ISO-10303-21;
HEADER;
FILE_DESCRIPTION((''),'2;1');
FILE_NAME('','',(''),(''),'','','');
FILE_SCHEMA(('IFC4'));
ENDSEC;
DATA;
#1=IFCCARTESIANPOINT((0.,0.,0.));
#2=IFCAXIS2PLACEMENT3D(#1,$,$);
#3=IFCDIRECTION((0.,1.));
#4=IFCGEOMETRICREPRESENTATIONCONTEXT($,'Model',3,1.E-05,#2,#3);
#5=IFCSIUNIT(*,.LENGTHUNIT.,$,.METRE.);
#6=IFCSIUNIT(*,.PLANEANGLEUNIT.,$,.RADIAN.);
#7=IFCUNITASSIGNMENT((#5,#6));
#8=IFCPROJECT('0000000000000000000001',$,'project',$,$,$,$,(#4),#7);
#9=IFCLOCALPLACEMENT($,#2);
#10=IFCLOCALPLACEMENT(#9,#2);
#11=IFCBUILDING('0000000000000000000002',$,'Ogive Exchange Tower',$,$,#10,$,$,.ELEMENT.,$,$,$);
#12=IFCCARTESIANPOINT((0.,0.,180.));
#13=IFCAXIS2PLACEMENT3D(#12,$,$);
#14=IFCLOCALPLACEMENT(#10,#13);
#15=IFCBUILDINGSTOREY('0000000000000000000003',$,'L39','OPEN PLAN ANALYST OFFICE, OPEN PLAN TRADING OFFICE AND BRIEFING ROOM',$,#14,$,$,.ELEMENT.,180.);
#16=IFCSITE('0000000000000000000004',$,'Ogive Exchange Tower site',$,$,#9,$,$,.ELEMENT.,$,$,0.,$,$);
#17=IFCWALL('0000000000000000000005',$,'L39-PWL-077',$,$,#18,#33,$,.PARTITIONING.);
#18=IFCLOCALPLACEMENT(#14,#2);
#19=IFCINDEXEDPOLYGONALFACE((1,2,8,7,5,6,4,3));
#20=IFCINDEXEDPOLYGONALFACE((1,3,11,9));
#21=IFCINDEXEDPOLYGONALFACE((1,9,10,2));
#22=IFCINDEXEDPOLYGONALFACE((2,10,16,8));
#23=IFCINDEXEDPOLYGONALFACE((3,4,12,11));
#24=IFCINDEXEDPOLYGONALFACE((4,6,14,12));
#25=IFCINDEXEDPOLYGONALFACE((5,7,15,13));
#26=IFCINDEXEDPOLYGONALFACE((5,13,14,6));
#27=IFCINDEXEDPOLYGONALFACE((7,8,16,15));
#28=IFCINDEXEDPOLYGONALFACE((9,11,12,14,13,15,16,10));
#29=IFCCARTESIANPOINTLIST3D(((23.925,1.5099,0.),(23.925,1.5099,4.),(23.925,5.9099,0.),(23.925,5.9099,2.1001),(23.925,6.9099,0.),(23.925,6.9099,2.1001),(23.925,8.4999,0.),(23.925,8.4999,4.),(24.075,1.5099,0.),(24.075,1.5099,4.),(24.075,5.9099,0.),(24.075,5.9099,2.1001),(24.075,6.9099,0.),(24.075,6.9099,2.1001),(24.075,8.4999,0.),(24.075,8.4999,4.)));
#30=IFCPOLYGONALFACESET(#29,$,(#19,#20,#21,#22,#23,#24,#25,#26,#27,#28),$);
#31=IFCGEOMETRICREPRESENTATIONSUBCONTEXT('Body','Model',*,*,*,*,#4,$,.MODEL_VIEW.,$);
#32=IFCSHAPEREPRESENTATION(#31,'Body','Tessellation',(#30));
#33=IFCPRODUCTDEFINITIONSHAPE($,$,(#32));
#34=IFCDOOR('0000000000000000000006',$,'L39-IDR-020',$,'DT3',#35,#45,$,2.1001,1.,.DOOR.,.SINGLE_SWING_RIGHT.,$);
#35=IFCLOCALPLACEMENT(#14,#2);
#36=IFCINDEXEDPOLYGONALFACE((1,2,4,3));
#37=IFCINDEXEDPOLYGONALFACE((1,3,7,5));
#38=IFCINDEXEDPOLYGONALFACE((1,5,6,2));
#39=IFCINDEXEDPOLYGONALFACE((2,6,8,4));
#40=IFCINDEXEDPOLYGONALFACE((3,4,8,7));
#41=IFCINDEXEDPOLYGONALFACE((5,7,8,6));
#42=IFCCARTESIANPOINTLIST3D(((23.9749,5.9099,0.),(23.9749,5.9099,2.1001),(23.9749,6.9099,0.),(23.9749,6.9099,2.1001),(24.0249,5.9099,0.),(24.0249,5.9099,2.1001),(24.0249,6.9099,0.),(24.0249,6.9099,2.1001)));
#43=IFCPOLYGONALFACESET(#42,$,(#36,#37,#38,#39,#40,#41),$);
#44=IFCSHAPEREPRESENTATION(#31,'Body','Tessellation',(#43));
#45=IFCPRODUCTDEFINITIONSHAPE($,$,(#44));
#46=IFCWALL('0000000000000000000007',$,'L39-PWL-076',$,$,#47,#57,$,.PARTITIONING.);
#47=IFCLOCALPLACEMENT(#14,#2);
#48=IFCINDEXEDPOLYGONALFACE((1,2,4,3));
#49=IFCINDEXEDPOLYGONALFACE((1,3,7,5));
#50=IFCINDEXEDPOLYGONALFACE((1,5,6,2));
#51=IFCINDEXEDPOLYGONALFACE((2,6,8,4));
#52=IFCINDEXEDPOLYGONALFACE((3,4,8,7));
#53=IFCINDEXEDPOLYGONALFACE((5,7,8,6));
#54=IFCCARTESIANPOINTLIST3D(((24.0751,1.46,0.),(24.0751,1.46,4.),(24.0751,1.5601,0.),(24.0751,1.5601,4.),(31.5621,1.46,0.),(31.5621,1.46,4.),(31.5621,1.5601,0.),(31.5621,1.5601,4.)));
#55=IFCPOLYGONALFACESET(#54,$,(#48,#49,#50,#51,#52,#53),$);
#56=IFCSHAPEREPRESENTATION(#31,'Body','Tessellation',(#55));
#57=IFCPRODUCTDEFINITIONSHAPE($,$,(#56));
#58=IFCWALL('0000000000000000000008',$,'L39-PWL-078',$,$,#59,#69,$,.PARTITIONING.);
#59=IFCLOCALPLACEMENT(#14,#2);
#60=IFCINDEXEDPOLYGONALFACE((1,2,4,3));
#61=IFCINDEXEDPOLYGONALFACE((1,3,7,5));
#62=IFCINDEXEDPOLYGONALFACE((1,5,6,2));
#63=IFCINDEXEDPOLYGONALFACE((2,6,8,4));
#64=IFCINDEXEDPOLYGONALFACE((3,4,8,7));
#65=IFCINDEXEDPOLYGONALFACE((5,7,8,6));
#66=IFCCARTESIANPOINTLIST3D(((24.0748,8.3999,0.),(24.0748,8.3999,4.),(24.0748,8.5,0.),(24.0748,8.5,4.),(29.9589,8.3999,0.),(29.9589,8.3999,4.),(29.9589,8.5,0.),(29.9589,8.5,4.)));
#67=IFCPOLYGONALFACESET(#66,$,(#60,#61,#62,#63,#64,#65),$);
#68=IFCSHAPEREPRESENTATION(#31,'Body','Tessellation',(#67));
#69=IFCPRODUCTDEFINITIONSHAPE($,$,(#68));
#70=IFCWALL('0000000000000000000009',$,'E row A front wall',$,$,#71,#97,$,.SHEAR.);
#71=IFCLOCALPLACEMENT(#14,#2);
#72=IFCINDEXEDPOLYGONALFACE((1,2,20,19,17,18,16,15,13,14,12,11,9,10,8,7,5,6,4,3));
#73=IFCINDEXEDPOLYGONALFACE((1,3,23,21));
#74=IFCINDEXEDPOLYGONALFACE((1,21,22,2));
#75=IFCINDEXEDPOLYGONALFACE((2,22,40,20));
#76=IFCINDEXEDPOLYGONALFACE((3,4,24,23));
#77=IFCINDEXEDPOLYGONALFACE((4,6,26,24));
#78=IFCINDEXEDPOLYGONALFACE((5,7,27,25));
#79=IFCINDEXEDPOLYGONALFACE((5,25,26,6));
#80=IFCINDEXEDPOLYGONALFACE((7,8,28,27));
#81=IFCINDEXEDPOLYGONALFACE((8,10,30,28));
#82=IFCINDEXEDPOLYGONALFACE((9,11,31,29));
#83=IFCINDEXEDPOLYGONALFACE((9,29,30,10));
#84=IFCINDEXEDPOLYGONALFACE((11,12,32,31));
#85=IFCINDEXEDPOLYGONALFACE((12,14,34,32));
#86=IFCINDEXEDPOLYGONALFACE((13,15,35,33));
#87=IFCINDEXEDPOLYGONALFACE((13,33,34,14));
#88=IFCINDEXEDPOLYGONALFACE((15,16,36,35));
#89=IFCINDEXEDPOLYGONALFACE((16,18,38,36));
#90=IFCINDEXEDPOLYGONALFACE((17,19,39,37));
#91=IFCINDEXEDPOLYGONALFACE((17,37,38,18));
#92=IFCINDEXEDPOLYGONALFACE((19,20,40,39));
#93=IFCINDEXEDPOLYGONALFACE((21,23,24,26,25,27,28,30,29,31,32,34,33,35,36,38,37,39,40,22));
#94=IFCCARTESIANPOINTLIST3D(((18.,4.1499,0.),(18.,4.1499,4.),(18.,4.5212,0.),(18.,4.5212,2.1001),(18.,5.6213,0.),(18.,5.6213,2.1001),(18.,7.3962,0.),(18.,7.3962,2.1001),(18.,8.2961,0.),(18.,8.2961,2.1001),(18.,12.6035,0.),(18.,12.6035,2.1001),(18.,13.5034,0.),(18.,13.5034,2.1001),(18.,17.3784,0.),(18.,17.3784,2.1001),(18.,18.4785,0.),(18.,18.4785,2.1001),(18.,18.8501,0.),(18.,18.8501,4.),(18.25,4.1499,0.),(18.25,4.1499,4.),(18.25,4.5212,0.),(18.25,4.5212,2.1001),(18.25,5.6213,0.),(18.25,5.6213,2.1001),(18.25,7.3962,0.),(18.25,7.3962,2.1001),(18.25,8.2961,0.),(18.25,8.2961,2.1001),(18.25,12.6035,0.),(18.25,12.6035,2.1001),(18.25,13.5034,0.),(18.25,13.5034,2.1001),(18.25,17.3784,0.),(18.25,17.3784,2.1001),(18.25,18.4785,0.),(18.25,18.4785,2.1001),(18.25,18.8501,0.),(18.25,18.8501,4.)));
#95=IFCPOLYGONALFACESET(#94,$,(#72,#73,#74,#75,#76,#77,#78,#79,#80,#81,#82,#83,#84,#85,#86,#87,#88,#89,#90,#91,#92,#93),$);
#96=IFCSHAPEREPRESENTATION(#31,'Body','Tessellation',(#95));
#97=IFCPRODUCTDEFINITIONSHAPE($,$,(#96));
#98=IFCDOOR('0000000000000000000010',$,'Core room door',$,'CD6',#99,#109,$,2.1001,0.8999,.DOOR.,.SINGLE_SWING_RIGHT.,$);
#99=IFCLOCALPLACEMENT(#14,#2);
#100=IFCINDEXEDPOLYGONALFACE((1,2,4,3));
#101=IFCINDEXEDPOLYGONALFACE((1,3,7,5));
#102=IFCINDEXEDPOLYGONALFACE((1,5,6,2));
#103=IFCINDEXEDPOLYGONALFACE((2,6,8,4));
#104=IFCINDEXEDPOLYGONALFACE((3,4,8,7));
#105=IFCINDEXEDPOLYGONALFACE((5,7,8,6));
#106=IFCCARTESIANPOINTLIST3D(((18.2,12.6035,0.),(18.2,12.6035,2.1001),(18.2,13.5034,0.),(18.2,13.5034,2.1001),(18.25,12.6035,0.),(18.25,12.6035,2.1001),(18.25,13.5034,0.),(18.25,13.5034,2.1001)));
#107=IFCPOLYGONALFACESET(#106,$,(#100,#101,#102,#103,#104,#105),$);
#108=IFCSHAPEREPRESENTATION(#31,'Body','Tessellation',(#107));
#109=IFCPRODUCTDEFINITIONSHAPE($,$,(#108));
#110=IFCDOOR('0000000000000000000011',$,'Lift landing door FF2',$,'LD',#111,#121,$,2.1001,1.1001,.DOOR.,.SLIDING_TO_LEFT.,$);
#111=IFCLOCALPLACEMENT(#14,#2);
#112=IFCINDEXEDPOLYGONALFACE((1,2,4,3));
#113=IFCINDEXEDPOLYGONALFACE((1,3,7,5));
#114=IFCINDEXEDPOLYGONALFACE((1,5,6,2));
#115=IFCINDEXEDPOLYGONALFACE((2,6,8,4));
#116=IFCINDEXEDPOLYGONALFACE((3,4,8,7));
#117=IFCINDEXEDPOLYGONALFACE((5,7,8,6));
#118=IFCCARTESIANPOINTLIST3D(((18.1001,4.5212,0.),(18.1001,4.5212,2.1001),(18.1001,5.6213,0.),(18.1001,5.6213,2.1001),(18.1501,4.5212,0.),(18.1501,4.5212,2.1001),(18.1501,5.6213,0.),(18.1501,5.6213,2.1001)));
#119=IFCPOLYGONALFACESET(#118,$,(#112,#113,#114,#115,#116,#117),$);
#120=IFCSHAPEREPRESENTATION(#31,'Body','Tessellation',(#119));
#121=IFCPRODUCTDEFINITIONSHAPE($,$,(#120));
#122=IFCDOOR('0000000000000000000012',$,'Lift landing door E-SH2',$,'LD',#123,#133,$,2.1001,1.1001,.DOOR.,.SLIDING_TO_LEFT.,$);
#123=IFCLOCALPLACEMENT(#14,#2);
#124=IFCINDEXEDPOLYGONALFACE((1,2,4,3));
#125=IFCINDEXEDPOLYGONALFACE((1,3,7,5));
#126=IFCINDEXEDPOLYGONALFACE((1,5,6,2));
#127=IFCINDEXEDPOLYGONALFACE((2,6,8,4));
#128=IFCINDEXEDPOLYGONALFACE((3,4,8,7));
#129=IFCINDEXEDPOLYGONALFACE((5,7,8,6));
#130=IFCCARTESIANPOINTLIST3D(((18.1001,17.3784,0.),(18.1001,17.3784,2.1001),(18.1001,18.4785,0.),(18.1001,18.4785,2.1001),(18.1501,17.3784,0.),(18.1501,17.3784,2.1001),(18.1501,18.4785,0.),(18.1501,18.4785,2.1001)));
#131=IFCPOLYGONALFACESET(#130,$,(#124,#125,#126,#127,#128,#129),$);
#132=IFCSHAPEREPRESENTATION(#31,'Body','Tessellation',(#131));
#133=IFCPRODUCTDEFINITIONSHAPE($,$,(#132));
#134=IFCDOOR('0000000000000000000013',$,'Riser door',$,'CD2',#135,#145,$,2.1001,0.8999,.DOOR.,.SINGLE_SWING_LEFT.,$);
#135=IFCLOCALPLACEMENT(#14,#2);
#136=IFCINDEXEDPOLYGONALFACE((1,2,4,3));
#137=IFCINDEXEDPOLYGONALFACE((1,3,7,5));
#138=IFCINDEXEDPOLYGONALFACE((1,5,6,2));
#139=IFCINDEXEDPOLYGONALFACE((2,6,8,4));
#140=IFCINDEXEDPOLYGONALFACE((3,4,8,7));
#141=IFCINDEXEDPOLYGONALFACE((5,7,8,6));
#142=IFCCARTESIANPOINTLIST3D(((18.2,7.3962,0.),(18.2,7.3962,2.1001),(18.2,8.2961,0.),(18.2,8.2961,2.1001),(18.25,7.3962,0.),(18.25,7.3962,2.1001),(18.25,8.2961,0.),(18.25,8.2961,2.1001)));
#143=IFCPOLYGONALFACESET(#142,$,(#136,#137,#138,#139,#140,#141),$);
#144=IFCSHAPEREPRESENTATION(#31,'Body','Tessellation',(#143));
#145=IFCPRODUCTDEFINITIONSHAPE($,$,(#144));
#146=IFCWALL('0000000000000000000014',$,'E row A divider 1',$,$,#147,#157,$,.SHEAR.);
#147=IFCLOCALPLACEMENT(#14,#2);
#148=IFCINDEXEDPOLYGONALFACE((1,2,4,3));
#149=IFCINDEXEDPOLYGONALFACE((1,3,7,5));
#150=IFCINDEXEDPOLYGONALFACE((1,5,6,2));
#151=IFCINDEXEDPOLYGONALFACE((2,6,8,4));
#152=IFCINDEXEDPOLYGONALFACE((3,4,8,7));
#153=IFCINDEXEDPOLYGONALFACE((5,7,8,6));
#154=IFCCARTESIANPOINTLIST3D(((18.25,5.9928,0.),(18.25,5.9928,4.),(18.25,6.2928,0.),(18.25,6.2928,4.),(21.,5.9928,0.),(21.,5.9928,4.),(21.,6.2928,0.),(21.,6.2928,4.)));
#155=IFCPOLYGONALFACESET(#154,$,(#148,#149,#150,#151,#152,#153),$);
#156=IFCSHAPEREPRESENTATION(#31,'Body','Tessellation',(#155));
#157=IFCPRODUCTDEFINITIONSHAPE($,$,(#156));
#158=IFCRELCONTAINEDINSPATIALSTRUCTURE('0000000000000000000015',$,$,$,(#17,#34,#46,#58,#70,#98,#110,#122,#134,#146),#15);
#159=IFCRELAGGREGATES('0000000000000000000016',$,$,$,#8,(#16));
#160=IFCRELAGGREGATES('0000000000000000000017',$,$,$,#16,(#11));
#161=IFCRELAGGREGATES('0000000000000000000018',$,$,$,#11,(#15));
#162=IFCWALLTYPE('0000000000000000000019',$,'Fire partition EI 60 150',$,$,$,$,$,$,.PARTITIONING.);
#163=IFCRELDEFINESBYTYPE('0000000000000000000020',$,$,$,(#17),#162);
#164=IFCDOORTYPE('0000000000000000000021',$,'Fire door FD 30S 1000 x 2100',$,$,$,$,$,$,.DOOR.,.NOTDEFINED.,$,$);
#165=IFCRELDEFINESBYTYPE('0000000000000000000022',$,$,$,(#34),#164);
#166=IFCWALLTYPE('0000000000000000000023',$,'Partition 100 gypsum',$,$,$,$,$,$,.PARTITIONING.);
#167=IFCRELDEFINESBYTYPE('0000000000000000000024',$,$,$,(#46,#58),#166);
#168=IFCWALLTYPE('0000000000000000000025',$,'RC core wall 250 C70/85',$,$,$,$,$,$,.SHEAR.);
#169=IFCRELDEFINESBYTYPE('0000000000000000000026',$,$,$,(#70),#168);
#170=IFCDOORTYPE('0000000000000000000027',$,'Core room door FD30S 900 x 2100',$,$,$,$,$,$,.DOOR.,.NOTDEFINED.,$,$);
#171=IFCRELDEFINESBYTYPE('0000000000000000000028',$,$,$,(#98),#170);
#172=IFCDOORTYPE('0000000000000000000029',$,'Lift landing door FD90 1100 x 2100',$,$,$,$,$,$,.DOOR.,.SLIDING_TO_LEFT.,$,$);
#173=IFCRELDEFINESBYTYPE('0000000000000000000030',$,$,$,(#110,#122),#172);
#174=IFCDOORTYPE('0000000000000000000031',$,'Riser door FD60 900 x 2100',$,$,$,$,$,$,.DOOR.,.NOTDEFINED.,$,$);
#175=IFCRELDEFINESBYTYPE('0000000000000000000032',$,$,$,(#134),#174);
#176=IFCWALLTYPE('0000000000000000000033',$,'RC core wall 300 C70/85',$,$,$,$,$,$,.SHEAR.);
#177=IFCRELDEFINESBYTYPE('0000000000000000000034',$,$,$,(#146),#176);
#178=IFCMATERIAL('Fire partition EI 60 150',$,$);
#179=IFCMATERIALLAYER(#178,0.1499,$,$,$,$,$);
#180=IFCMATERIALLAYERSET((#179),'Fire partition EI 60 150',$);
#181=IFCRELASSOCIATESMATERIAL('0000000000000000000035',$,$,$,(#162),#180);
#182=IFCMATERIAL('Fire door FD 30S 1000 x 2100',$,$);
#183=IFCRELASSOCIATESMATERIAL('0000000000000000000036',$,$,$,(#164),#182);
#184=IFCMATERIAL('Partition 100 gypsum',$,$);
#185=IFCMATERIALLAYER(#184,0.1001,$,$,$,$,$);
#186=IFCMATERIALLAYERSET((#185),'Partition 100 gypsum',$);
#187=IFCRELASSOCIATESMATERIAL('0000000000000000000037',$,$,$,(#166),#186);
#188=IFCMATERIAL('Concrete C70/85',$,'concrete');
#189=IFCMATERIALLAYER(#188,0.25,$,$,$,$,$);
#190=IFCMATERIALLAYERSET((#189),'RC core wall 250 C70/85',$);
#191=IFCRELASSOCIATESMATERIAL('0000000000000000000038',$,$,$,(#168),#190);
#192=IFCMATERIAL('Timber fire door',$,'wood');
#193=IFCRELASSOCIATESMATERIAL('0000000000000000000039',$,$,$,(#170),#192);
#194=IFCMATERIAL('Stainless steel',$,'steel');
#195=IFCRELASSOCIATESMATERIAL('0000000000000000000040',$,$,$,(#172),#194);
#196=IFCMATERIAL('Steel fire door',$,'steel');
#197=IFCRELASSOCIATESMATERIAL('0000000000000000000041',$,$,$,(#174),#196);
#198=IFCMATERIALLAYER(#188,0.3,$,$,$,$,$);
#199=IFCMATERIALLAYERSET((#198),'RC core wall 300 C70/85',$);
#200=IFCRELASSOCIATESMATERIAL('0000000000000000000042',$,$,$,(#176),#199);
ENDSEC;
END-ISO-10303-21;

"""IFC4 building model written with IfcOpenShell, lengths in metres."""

from ifc_helpers import new_model, si_unit, direction, frame, frame_2d, origin, place, context, subcontext, project, spatial, rectangle, extrude, material, layer, layer_set, type_object, element, fill, save


model = new_model("IFC4")

# Units and contexts
model_context = context("Model", 3, precision=1e-05, world=origin(), true_north=direction((0.0, 1.0)))
body_context = subcontext(model_context, "Body", "Model", "MODEL_VIEW")
ifc_project = project(units=[si_unit("LENGTHUNIT", "METRE"), si_unit("PLANEANGLEUNIT", "RADIAN")], contexts=[model_context])

# Site, building, storey
site_placement = place(None, origin())
site = spatial("IfcSite", under=ifc_project, at=site_placement, Name="Ogive Exchange Tower site", CompositionType="ELEMENT", RefElevation=0.0)
building_placement = place(site_placement, origin())
building = spatial("IfcBuilding", under=site, at=building_placement, Name="Ogive Exchange Tower", CompositionType="ELEMENT")
storey_placement = place(building_placement, frame((0.0, 0.0, 180.0)))
storey = spatial("IfcBuildingStorey", under=building, at=storey_placement, Name="L39", Description="OPEN PLAN ANALYST OFFICE, OPEN PLAN TRADING OFFICE AND BRIEFING ROOM", CompositionType="ELEMENT", Elevation=180.0)

# Wall, opening, door
ifc_material_1 = material(Name="Fire partition EI 60 150")
ifc_layer_1 = layer(ifc_material_1, 0.1499)
ifc_layer_set_1 = layer_set([ifc_layer_1], Name="Fire partition EI 60 150")
wall_type_1 = type_object("IfcWallType", Name="Fire partition EI 60 150", PredefinedType="PARTITIONING", material=ifc_layer_set_1)
ifc_material_2 = material(Name="Fire door FD 30S 1000 x 2100")
door_type_1 = type_object("IfcDoorType", Name="Fire door FD 30S 1000 x 2100", OperationType="NOTDEFINED", PredefinedType="DOOR", material=ifc_material_2)
wall_1_placement = place(storey_placement, frame((24.0, 8.5, 0.0), z_axis=(0.0, 0.0, 1.0), x_axis=(0.0, -1.0, 0.0)))
wall_1 = element("IfcWall", 1, at=wall_1_placement, inside=storey, type_object=wall_type_1, Name="L39-PWL-077", PredefinedType="PARTITIONING", context=body_context, shape_type="SweptSolid", body=[
    extrude(rectangle(XDim=6.99, YDim=0.1499, at=frame_2d((3.4951, 0.0))), origin(), (0.0, 0.0, 1.0), 4.0),
])
opening_1_placement = place(wall_1_placement, frame((1.5901, 0.0, 0.0)))
opening_1 = element("IfcOpeningElement", 2, at=opening_1_placement, cuts=wall_1, PredefinedType="OPENING", context=body_context, shape_type="SweptSolid", body=[
    extrude(rectangle(XDim=1.0, YDim=2.1001, at=frame_2d((0.5, 1.05))), frame((0.0, 0.085, 0.0), z_axis=(0.0, -1.0, 0.0), x_axis=(1.0, 0.0, 0.0)), (0.0, 0.0, 1.0), 0.1699),
])
door_1_placement = place(opening_1_placement, origin())
door_1 = element("IfcDoor", 3, at=door_1_placement, inside=storey, type_object=door_type_1, Name="L39-IDR-020", ObjectType="DT3", OperationType="SINGLE_SWING_RIGHT", OverallHeight=2.1001, OverallWidth=1.0, PredefinedType="DOOR", context=body_context, shape_type="SweptSolid", body=[
    extrude(rectangle(XDim=1.0, YDim=2.1001, at=frame_2d((0.5, 1.05))), frame((0.0, 0.0249, 0.0), z_axis=(0.0, -1.0, 0.0), x_axis=(1.0, 0.0, 0.0)), (0.0, 0.0, 1.0), 0.05),
])
fill(opening_1, door_1)

# Walls
ifc_material_3 = material(Name="Partition 100 gypsum")
ifc_layer_2 = layer(ifc_material_3, 0.1001)
ifc_layer_set_2 = layer_set([ifc_layer_2], Name="Partition 100 gypsum")
wall_type_2 = type_object("IfcWallType", Name="Partition 100 gypsum", PredefinedType="PARTITIONING", material=ifc_layer_set_2)
wall_2_placement = place(storey_placement, frame((24.075, 1.51, 0.0), z_axis=(0.0, 0.0, 1.0), x_axis=(1.0, 0.0, 0.0)))
element("IfcWall", 4, at=wall_2_placement, inside=storey, type_object=wall_type_2, Name="L39-PWL-076", PredefinedType="PARTITIONING", context=body_context, shape_type="SweptSolid", body=[
    extrude(rectangle(XDim=7.4871, YDim=0.1001, at=frame_2d((3.7437, 0.0))), origin(), (0.0, 0.0, 1.0), 4.0),
])
wall_3_placement = place(storey_placement, frame((24.075, 8.45, 0.0), z_axis=(0.0, 0.0, 1.0), x_axis=(1.0, 0.0, 0.0)))
element("IfcWall", 5, at=wall_3_placement, inside=storey, type_object=wall_type_2, Name="L39-PWL-078", PredefinedType="PARTITIONING", context=body_context, shape_type="SweptSolid", body=[
    extrude(rectangle(XDim=5.884, YDim=0.1001, at=frame_2d((2.9419, 0.0))), origin(), (0.0, 0.0, 1.0), 4.0),
])

# Wall, openings, doors
ifc_material_4 = material(Name="Concrete C70/85", Category="concrete")
ifc_layer_3 = layer(ifc_material_4, 0.25)
ifc_layer_set_3 = layer_set([ifc_layer_3], Name="RC core wall 250 C70/85")
wall_type_3 = type_object("IfcWallType", Name="RC core wall 250 C70/85", PredefinedType="SHEAR", material=ifc_layer_set_3)
wall_4_placement = place(storey_placement, frame((18.125, 4.1499, 0.0), z_axis=(0.0, 0.0, 1.0), x_axis=(0.0, 1.0, 0.0)))
wall_4 = element("IfcWall", 6, at=wall_4_placement, inside=storey, type_object=wall_type_3, Name="E row A front wall", PredefinedType="SHEAR", context=body_context, shape_type="SweptSolid", body=[
    extrude(rectangle(XDim=14.7002, YDim=0.25, at=frame_2d((7.3501, 0.0))), origin(), (0.0, 0.0, 1.0), 4.0),
])
opening_2_placement = place(wall_4_placement, frame((3.2463, 0.0, 0.0)))
opening_2 = element("IfcOpeningElement", 7, at=opening_2_placement, cuts=wall_4, PredefinedType="OPENING", context=body_context, shape_type="SweptSolid", body=[
    extrude(rectangle(XDim=0.8999, YDim=2.1001, at=frame_2d((0.45, 1.05))), frame((0.0, 0.135, 0.0), z_axis=(0.0, -1.0, 0.0), x_axis=(1.0, 0.0, 0.0)), (0.0, 0.0, 1.0), 0.27),
])
opening_3_placement = place(wall_4_placement, frame((8.4536, 0.0, 0.0)))
opening_3 = element("IfcOpeningElement", 8, at=opening_3_placement, cuts=wall_4, PredefinedType="OPENING", context=body_context, shape_type="SweptSolid", body=[
    extrude(rectangle(XDim=0.8999, YDim=2.1001, at=frame_2d((0.45, 1.05))), frame((0.0, 0.135, 0.0), z_axis=(0.0, -1.0, 0.0), x_axis=(1.0, 0.0, 0.0)), (0.0, 0.0, 1.0), 0.27),
])
opening_4_placement = place(wall_4_placement, frame((0.3713, 0.0, 0.0)))
opening_4 = element("IfcOpeningElement", 9, at=opening_4_placement, cuts=wall_4, PredefinedType="OPENING", context=body_context, shape_type="SweptSolid", body=[
    extrude(rectangle(XDim=1.1001, YDim=2.1001, at=frame_2d((0.55, 1.05))), frame((0.0, 0.135, 0.0), z_axis=(0.0, -1.0, 0.0), x_axis=(1.0, 0.0, 0.0)), (0.0, 0.0, 1.0), 0.27),
])
opening_5_placement = place(wall_4_placement, frame((13.2285, 0.0, 0.0)))
opening_5 = element("IfcOpeningElement", 10, at=opening_5_placement, cuts=wall_4, PredefinedType="OPENING", context=body_context, shape_type="SweptSolid", body=[
    extrude(rectangle(XDim=1.1001, YDim=2.1001, at=frame_2d((0.55, 1.05))), frame((0.0, 0.135, 0.0), z_axis=(0.0, -1.0, 0.0), x_axis=(1.0, 0.0, 0.0)), (0.0, 0.0, 1.0), 0.27),
])
ifc_material_5 = material(Name="Timber fire door", Category="wood")
door_type_2 = type_object("IfcDoorType", Name="Core room door FD30S 900 x 2100", OperationType="NOTDEFINED", PredefinedType="DOOR", material=ifc_material_5)
door_2_placement = place(opening_3_placement, frame((0.8999, -0.2002, 0.0), z_axis=(0.0, 0.0, 1.0), x_axis=(-1.0, 0.0, 0.0)))
door_2 = element("IfcDoor", 11, at=door_2_placement, inside=storey, type_object=door_type_2, Name="Core room door", ObjectType="CD6", OperationType="SINGLE_SWING_RIGHT", OverallHeight=2.1001, OverallWidth=0.8999, PredefinedType="DOOR", context=body_context, shape_type="SweptSolid", body=[
    extrude(rectangle(XDim=0.8999, YDim=2.1001, at=frame_2d((0.45, 1.05))), frame((0.0, -0.0752, 0.0), z_axis=(0.0, -1.0, 0.0), x_axis=(1.0, 0.0, 0.0)), (0.0, 0.0, 1.0), 0.05),
])
fill(opening_3, door_2)
ifc_material_6 = material(Name="Stainless steel", Category="steel")
door_type_3 = type_object("IfcDoorType", Name="Lift landing door FD90 1100 x 2100", OperationType="SLIDING_TO_LEFT", PredefinedType="DOOR", material=ifc_material_6)
door_3_placement = place(opening_4_placement, origin())
door_3 = element("IfcDoor", 12, at=door_3_placement, inside=storey, type_object=door_type_3, Name="Lift landing door FF2", ObjectType="LD", OperationType="SLIDING_TO_LEFT", OverallHeight=2.1001, OverallWidth=1.1001, PredefinedType="DOOR", context=body_context, shape_type="SweptSolid", body=[
    extrude(rectangle(XDim=1.1001, YDim=2.1001, at=frame_2d((0.55, 1.05))), frame((0.0, 0.0249, 0.0), z_axis=(0.0, -1.0, 0.0), x_axis=(1.0, 0.0, 0.0)), (0.0, 0.0, 1.0), 0.05),
])
fill(opening_4, door_3)
door_4_placement = place(opening_5_placement, origin())
door_4 = element("IfcDoor", 13, at=door_4_placement, inside=storey, type_object=door_type_3, Name="Lift landing door E-SH2", ObjectType="LD", OperationType="SLIDING_TO_LEFT", OverallHeight=2.1001, OverallWidth=1.1001, PredefinedType="DOOR", context=body_context, shape_type="SweptSolid", body=[
    extrude(rectangle(XDim=1.1001, YDim=2.1001, at=frame_2d((0.55, 1.05))), frame((0.0, 0.0249, 0.0), z_axis=(0.0, -1.0, 0.0), x_axis=(1.0, 0.0, 0.0)), (0.0, 0.0, 1.0), 0.05),
])
fill(opening_5, door_4)
ifc_material_7 = material(Name="Steel fire door", Category="steel")
door_type_4 = type_object("IfcDoorType", Name="Riser door FD60 900 x 2100", OperationType="NOTDEFINED", PredefinedType="DOOR", material=ifc_material_7)
door_5_placement = place(opening_2_placement, frame((0.8999, -0.2002, 0.0), z_axis=(0.0, 0.0, 1.0), x_axis=(-1.0, 0.0, 0.0)))
door_5 = element("IfcDoor", 14, at=door_5_placement, inside=storey, type_object=door_type_4, Name="Riser door", ObjectType="CD2", OperationType="SINGLE_SWING_LEFT", OverallHeight=2.1001, OverallWidth=0.8999, PredefinedType="DOOR", context=body_context, shape_type="SweptSolid", body=[
    extrude(rectangle(XDim=0.8999, YDim=2.1001, at=frame_2d((0.45, 1.05))), frame((0.0, -0.0752, 0.0), z_axis=(0.0, -1.0, 0.0), x_axis=(1.0, 0.0, 0.0)), (0.0, 0.0, 1.0), 0.05),
])
fill(opening_2, door_5)

# Wall
ifc_layer_4 = layer(ifc_material_4, 0.3)
ifc_layer_set_4 = layer_set([ifc_layer_4], Name="RC core wall 300 C70/85")
wall_type_4 = type_object("IfcWallType", Name="RC core wall 300 C70/85", PredefinedType="SHEAR", material=ifc_layer_set_4)
wall_5_placement = place(storey_placement, frame((18.25, 6.1428, 0.0), z_axis=(0.0, 0.0, 1.0), x_axis=(1.0, 0.0, 0.0)))
element("IfcWall", 15, at=wall_5_placement, inside=storey, type_object=wall_type_4, Name="E row A divider 1", PredefinedType="SHEAR", context=body_context, shape_type="SweptSolid", body=[
    extrude(rectangle(XDim=2.75, YDim=0.3, at=frame_2d((1.375, 0.0))), origin(), (0.0, 0.0, 1.0), 4.0),
])

save(model, "model.ifc")
